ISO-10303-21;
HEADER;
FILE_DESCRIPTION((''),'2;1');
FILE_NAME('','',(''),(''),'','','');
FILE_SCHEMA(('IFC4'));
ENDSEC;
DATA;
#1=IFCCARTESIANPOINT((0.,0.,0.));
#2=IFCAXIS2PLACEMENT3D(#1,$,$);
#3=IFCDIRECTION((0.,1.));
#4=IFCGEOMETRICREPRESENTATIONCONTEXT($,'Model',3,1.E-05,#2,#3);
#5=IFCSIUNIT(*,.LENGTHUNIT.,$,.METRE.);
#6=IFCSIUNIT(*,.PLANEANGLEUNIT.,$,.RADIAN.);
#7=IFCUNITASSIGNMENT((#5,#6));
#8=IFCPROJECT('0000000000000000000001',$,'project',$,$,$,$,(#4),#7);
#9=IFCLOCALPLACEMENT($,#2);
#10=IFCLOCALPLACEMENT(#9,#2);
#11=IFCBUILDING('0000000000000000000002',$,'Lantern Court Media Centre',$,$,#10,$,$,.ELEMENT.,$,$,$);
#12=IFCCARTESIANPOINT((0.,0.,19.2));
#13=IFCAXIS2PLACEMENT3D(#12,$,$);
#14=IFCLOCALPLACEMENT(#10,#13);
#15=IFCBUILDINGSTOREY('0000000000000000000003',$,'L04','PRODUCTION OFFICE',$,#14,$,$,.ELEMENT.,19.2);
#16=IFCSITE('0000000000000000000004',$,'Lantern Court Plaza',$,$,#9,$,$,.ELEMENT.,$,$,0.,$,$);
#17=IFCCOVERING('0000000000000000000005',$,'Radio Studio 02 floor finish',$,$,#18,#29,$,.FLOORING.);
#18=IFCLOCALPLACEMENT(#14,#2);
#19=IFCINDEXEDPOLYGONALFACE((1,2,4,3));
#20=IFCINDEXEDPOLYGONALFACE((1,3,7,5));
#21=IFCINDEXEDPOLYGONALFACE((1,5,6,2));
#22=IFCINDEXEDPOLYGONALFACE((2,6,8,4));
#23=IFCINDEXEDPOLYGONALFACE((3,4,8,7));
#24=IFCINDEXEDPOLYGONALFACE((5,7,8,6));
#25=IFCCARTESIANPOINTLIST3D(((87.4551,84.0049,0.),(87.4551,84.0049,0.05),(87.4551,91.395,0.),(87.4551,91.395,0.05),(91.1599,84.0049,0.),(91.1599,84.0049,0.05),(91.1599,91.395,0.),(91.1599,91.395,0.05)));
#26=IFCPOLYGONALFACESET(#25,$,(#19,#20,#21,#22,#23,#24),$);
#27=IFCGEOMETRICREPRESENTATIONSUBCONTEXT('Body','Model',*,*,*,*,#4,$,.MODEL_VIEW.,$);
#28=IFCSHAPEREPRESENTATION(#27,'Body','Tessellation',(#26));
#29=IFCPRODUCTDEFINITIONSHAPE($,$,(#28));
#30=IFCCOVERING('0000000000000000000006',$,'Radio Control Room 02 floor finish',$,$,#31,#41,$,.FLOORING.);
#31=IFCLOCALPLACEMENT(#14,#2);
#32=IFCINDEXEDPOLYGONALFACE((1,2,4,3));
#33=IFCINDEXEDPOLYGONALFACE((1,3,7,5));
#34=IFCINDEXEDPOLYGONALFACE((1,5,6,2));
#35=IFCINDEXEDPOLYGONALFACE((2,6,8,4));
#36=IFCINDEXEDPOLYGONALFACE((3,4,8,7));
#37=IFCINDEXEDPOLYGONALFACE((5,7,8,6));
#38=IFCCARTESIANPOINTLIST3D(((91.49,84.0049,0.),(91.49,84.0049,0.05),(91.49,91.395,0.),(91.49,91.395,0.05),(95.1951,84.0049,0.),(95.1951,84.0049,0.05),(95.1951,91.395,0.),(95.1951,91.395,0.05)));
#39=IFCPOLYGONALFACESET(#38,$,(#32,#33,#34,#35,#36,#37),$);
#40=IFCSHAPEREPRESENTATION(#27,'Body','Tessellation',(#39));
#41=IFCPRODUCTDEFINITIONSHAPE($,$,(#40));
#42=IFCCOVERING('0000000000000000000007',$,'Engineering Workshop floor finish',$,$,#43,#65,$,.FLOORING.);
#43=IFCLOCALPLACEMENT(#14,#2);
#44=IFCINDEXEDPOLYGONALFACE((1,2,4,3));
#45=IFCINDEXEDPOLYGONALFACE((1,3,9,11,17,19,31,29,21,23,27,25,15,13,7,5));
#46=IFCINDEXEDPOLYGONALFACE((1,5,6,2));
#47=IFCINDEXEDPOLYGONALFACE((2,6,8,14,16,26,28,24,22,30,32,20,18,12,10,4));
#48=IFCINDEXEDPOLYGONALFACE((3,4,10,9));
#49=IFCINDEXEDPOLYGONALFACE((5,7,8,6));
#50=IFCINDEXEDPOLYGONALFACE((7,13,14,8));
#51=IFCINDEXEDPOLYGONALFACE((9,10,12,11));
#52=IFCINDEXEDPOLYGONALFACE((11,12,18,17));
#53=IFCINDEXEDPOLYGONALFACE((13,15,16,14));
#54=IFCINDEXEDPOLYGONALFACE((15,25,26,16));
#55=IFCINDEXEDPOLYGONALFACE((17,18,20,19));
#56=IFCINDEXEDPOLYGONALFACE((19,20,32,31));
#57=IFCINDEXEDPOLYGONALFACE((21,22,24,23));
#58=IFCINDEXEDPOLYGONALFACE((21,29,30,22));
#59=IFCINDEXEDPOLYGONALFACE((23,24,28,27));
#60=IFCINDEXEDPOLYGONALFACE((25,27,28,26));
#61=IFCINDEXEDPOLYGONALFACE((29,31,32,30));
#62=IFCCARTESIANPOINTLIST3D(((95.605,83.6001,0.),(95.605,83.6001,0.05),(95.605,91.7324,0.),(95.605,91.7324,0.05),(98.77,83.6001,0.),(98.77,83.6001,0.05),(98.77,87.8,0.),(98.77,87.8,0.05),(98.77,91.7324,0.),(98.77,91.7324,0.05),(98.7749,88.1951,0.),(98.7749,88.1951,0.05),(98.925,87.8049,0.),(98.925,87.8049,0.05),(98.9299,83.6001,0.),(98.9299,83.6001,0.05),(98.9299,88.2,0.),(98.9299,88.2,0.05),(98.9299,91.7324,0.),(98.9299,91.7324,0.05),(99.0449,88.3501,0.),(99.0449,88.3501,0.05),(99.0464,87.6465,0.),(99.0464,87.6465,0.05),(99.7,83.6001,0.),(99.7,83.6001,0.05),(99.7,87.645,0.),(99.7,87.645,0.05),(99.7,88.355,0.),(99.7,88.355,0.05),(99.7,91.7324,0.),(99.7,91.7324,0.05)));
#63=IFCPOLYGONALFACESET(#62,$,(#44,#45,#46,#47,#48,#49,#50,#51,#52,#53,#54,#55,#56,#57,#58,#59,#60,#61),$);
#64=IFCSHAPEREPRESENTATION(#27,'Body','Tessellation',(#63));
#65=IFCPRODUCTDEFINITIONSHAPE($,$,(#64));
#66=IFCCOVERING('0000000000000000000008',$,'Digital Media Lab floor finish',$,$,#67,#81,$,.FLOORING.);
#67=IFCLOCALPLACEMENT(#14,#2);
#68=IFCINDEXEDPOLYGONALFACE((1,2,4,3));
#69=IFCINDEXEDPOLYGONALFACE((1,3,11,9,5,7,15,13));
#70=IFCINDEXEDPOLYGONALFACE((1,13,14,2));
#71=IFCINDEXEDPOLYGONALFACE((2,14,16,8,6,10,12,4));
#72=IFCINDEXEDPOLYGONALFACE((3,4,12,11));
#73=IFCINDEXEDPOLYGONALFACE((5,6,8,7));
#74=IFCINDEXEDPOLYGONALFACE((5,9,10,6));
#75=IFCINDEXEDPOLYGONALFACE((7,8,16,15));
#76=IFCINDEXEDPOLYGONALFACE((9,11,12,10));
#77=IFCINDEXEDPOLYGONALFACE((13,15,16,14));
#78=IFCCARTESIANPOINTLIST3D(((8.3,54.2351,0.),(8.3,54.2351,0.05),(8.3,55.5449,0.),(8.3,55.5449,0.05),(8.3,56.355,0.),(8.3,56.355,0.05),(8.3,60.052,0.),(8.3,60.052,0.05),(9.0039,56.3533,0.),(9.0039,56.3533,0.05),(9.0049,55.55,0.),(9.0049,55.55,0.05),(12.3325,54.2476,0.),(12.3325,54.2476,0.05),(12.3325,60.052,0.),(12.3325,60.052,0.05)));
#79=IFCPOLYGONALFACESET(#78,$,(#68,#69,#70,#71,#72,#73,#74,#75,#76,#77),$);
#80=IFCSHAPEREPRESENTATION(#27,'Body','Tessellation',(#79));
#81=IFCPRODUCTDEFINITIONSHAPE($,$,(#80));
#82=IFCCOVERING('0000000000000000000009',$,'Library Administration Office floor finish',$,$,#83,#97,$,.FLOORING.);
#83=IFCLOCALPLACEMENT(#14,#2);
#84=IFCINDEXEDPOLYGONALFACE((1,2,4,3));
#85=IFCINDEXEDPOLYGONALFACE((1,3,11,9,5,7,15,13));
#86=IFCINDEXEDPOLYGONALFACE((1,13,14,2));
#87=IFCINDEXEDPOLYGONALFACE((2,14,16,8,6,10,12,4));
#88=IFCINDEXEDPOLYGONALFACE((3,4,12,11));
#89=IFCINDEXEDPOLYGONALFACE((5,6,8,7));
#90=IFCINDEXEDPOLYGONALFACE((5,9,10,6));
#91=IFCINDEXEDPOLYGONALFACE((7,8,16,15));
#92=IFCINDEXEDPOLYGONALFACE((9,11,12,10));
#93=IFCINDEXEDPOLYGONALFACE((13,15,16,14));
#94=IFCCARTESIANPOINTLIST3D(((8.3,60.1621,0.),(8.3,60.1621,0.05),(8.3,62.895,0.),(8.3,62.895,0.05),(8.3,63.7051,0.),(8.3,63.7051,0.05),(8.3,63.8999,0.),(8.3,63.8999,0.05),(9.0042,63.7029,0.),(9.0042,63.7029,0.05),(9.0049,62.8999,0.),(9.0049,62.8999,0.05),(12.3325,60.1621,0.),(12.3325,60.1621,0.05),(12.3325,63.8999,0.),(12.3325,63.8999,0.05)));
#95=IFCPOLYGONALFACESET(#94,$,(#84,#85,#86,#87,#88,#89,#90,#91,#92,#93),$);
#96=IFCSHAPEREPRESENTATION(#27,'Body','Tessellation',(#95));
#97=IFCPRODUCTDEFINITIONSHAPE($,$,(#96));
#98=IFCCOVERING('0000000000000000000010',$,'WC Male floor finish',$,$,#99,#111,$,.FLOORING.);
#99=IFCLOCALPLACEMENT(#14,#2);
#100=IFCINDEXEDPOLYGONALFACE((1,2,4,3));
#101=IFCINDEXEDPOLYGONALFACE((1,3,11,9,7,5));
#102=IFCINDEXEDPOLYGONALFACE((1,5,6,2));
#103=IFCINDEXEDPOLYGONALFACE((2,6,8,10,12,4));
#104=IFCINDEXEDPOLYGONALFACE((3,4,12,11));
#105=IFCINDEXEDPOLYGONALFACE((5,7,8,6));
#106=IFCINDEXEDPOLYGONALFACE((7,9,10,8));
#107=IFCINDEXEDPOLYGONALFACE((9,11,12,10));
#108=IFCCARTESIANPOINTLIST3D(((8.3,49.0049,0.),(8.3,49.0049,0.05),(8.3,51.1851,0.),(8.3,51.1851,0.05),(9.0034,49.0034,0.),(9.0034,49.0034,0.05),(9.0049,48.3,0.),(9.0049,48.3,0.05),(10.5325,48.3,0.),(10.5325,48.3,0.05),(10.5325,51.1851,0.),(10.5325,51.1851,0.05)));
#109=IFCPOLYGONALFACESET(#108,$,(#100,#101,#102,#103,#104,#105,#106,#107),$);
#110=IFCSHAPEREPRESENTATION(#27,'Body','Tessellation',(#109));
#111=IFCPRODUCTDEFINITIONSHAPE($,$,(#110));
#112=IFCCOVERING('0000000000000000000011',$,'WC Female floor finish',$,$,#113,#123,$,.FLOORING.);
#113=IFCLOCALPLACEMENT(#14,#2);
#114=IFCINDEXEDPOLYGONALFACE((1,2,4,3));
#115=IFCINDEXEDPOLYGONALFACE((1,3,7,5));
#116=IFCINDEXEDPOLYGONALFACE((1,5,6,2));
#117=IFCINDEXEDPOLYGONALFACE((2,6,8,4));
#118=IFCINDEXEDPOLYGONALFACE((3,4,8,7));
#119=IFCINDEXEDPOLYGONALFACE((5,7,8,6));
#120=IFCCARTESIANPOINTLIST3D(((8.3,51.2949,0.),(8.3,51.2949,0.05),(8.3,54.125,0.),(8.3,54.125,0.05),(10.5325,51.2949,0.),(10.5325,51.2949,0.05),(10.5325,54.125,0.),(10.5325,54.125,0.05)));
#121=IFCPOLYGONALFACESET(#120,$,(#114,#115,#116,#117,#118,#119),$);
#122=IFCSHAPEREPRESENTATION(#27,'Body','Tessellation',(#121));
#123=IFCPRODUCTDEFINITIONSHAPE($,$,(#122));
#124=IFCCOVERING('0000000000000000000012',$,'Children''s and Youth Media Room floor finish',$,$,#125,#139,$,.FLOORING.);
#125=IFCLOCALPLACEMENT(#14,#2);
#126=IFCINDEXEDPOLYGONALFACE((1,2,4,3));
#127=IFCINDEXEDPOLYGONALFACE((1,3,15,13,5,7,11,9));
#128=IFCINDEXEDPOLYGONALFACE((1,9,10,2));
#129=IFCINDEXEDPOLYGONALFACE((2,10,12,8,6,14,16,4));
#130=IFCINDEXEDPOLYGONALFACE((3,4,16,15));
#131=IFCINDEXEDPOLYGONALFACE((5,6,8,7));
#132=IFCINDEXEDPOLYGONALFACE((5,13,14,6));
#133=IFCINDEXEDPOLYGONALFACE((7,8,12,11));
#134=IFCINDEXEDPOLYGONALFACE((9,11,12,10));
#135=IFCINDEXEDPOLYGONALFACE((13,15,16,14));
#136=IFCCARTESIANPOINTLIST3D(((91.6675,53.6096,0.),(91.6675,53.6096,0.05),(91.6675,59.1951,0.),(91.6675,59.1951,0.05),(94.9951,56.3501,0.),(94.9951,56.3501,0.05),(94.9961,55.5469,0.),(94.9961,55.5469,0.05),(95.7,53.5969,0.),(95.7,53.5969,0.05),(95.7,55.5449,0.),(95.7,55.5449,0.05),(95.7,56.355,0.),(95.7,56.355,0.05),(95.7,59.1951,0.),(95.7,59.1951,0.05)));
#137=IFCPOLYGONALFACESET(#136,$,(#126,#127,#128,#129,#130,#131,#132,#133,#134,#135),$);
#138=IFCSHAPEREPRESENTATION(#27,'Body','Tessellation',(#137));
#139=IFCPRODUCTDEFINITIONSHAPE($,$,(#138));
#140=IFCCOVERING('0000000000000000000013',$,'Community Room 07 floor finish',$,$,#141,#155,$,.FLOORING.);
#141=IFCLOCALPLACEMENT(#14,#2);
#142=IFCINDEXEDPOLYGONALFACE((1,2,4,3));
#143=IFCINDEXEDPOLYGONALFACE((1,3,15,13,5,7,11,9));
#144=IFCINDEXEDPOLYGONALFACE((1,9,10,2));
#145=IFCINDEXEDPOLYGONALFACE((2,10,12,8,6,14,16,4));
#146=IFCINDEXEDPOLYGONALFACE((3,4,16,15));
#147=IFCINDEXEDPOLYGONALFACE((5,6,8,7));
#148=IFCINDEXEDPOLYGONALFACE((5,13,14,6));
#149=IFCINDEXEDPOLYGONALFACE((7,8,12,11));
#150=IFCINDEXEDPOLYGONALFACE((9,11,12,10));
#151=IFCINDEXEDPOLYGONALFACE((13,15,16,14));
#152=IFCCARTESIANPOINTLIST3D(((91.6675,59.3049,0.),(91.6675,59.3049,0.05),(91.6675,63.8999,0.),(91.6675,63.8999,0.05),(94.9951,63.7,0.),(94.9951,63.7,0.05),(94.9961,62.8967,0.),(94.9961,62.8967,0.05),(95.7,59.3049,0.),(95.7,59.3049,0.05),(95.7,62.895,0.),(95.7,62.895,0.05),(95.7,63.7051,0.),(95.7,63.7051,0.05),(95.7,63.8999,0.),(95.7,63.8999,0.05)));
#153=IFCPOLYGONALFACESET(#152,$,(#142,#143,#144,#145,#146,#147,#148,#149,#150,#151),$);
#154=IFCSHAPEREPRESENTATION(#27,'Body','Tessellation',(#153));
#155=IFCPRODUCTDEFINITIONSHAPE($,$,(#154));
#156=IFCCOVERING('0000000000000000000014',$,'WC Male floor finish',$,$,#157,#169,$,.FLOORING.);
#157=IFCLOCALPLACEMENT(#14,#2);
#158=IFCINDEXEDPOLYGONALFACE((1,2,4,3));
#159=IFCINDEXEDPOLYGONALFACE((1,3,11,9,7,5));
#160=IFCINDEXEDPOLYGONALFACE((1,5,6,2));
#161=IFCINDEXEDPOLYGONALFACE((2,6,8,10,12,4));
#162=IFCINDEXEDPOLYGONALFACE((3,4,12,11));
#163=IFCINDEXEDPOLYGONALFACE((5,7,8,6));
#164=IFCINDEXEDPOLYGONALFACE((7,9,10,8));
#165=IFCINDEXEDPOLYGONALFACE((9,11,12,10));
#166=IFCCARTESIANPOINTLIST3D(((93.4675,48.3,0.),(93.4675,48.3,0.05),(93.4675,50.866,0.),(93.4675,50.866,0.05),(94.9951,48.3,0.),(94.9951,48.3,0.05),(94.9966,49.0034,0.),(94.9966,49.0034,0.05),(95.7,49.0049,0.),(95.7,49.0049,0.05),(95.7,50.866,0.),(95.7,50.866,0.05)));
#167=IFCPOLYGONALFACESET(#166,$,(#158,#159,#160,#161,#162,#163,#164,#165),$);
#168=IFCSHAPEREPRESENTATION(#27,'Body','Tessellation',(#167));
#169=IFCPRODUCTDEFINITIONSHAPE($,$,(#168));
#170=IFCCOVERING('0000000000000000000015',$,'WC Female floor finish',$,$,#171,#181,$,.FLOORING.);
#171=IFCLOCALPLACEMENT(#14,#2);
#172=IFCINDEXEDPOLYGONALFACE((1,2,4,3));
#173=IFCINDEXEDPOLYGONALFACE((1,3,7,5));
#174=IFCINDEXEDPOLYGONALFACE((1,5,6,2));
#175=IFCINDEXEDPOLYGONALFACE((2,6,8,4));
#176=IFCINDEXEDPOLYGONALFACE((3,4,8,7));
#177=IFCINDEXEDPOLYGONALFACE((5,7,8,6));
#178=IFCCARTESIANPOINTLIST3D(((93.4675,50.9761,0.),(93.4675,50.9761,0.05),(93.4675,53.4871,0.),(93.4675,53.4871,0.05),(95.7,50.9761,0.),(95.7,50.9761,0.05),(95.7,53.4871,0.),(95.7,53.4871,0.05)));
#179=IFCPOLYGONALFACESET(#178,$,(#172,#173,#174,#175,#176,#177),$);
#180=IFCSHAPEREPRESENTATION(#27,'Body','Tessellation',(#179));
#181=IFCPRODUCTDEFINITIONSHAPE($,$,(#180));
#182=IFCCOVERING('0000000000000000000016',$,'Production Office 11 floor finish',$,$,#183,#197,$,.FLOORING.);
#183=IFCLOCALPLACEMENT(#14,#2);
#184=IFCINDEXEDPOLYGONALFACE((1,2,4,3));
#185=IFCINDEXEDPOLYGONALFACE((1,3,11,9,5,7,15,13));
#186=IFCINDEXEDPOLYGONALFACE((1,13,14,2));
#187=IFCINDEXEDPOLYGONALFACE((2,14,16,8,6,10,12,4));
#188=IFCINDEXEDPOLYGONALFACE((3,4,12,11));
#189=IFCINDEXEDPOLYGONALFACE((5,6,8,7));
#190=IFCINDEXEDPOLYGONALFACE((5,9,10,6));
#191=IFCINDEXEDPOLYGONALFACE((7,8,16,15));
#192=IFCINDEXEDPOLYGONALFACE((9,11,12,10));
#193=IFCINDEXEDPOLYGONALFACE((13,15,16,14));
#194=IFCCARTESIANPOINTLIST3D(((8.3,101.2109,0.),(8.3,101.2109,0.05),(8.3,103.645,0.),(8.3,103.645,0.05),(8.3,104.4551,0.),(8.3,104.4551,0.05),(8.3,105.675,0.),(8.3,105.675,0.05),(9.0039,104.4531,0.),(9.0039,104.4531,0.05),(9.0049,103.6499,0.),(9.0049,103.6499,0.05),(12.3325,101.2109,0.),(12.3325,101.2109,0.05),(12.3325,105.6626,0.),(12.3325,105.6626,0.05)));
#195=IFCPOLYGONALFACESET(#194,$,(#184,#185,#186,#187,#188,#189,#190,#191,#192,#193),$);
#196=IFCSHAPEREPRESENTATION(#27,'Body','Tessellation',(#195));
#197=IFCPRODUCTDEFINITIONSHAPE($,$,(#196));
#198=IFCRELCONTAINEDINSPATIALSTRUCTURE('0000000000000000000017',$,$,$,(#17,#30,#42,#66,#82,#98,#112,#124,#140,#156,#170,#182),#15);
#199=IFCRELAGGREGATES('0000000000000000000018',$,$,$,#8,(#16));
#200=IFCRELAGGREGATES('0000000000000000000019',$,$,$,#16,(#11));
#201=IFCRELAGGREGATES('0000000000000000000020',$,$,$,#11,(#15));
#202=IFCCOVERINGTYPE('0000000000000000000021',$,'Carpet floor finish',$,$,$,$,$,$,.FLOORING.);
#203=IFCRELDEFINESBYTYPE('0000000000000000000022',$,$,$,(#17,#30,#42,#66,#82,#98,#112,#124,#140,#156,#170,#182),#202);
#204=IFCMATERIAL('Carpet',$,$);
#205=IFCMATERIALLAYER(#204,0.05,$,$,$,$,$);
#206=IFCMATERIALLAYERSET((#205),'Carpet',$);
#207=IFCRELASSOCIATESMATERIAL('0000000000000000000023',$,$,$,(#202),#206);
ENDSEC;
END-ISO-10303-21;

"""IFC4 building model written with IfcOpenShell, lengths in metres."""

from ifc_helpers import new_model, si_unit, direction, frame, origin, place, context, subcontext, project, spatial, polyline, outline, extrude, material, layer, layer_set, type_object, element, save


model = new_model("IFC4")

# Units and contexts
model_context = context("Model", 3, precision=1e-05, world=origin(), true_north=direction((0.0, 1.0)))
body_context = subcontext(model_context, "Body", "Model", "MODEL_VIEW")
ifc_project = project(units=[si_unit("LENGTHUNIT", "METRE"), si_unit("PLANEANGLEUNIT", "RADIAN")], contexts=[model_context])

# Site, building, storey
site_placement = place(None, origin())
site = spatial("IfcSite", under=ifc_project, at=site_placement, Name="Lantern Court Plaza", CompositionType="ELEMENT", RefElevation=0.0)
building_placement = place(site_placement, origin())
building = spatial("IfcBuilding", under=site, at=building_placement, Name="Lantern Court Media Centre", CompositionType="ELEMENT")
storey_placement = place(building_placement, frame((0.0, 0.0, 19.2)))
storey = spatial("IfcBuildingStorey", under=building, at=storey_placement, Name="L04", Description="PRODUCTION OFFICE", CompositionType="ELEMENT", Elevation=19.2)

# Coverings
ifc_material_1 = material(Name="Carpet")
ifc_layer_1 = layer(ifc_material_1, 0.05)
ifc_layer_set_1 = layer_set([ifc_layer_1], Name="Carpet")
covering_type_1 = type_object("IfcCoveringType", Name="Carpet floor finish", PredefinedType="FLOORING", material=ifc_layer_set_1)
covering_1_placement = place(storey_placement, origin())
element("IfcCovering", 1, at=covering_1_placement, inside=storey, type_object=covering_type_1, Name="Radio Studio 02 floor finish", PredefinedType="FLOORING", context=body_context, shape_type="SweptSolid", body=[
    extrude(outline(polyline([(87.4551, 84.0049), (87.4551, 91.395), (91.1599, 91.395), (91.1599, 84.0049), (87.4551, 84.0049)])), origin(), (0.0, 0.0, 1.0), 0.05),
])
covering_2_placement = place(storey_placement, origin())
element("IfcCovering", 2, at=covering_2_placement, inside=storey, type_object=covering_type_1, Name="Radio Control Room 02 floor finish", PredefinedType="FLOORING", context=body_context, shape_type="SweptSolid", body=[
    extrude(outline(polyline([(91.49, 91.395), (95.1951, 91.395), (95.1951, 84.0049), (91.49, 84.0049), (91.49, 91.395)])), origin(), (0.0, 0.0, 1.0), 0.05),
])
covering_3_placement = place(storey_placement, origin())
element("IfcCovering", 3, at=covering_3_placement, inside=storey, type_object=covering_type_1, Name="Engineering Workshop floor finish", PredefinedType="FLOORING", context=body_context, shape_type="SweptSolid", body=[
    extrude(outline(polyline([(99.7, 83.6001), (98.9299, 83.6001), (98.925, 87.8049), (98.77, 87.8), (98.77, 83.6001), (95.605, 83.6001), (95.605, 91.7324), (98.77, 91.7324), (98.7749, 88.1951), (98.9299, 88.2), (98.9299, 91.7324), (99.7, 91.7324), (99.7, 88.355), (99.0449, 88.3501), (99.0464, 87.6465), (99.7, 87.645), (99.7, 83.6001)])), origin(), (0.0, 0.0, 1.0), 0.05),
])
covering_4_placement = place(storey_placement, origin())
element("IfcCovering", 4, at=covering_4_placement, inside=storey, type_object=covering_type_1, Name="Digital Media Lab floor finish", PredefinedType="FLOORING", context=body_context, shape_type="SweptSolid", body=[
    extrude(outline(polyline([(8.3, 60.052), (12.3325, 60.052), (12.3325, 54.2476), (8.3, 54.2351), (8.3, 55.5449), (9.0049, 55.55), (9.0039, 56.3533), (8.3, 56.355), (8.3, 60.052)])), origin(), (0.0, 0.0, 1.0), 0.05),
])
covering_5_placement = place(storey_placement, origin())
element("IfcCovering", 5, at=covering_5_placement, inside=storey, type_object=covering_type_1, Name="Library Administration Office floor finish", PredefinedType="FLOORING", context=body_context, shape_type="SweptSolid", body=[
    extrude(outline(polyline([(8.3, 63.8999), (12.3325, 63.8999), (12.3325, 60.1621), (8.3, 60.1621), (8.3, 62.895), (9.0049, 62.8999), (9.0042, 63.7029), (8.3, 63.7051), (8.3, 63.8999)])), origin(), (0.0, 0.0, 1.0), 0.05),
])
covering_6_placement = place(storey_placement, origin())
element("IfcCovering", 6, at=covering_6_placement, inside=storey, type_object=covering_type_1, Name="WC Male floor finish", PredefinedType="FLOORING", context=body_context, shape_type="SweptSolid", body=[
    extrude(outline(polyline([(8.3, 51.1851), (10.5325, 51.1851), (10.5325, 48.3), (9.0049, 48.3), (9.0034, 49.0034), (8.3, 49.0049), (8.3, 51.1851)])), origin(), (0.0, 0.0, 1.0), 0.05),
])
covering_7_placement = place(storey_placement, origin())
element("IfcCovering", 7, at=covering_7_placement, inside=storey, type_object=covering_type_1, Name="WC Female floor finish", PredefinedType="FLOORING", context=body_context, shape_type="SweptSolid", body=[
    extrude(outline(polyline([(8.3, 54.125), (10.5325, 54.125), (10.5325, 51.2949), (8.3, 51.2949), (8.3, 54.125)])), origin(), (0.0, 0.0, 1.0), 0.05),
])
covering_8_placement = place(storey_placement, origin())
element("IfcCovering", 8, at=covering_8_placement, inside=storey, type_object=covering_type_1, Name="Children's and Youth Media Room floor finish", PredefinedType="FLOORING", context=body_context, shape_type="SweptSolid", body=[
    extrude(outline(polyline([(95.7, 53.5969), (91.6675, 53.6096), (91.6675, 59.1951), (95.7, 59.1951), (95.7, 56.355), (94.9951, 56.3501), (94.9961, 55.5469), (95.7, 55.5449), (95.7, 53.5969)])), origin(), (0.0, 0.0, 1.0), 0.05),
])
covering_9_placement = place(storey_placement, origin())
element("IfcCovering", 9, at=covering_9_placement, inside=storey, type_object=covering_type_1, Name="Community Room 07 floor finish", PredefinedType="FLOORING", context=body_context, shape_type="SweptSolid", body=[
    extrude(outline(polyline([(95.7, 59.3049), (91.6675, 59.3049), (91.6675, 63.8999), (95.7, 63.8999), (95.7, 63.7051), (94.9951, 63.7), (94.9961, 62.8967), (95.7, 62.895), (95.7, 59.3049)])), origin(), (0.0, 0.0, 1.0), 0.05),
])
covering_10_placement = place(storey_placement, origin())
element("IfcCovering", 10, at=covering_10_placement, inside=storey, type_object=covering_type_1, Name="WC Male floor finish", PredefinedType="FLOORING", context=body_context, shape_type="SweptSolid", body=[
    extrude(outline(polyline([(95.7, 49.0049), (94.9966, 49.0034), (94.9951, 48.3), (93.4675, 48.3), (93.4675, 50.866), (95.7, 50.866), (95.7, 49.0049)])), origin(), (0.0, 0.0, 1.0), 0.05),
])
covering_11_placement = place(storey_placement, origin())
element("IfcCovering", 11, at=covering_11_placement, inside=storey, type_object=covering_type_1, Name="WC Female floor finish", PredefinedType="FLOORING", context=body_context, shape_type="SweptSolid", body=[
    extrude(outline(polyline([(95.7, 50.9761), (93.4675, 50.9761), (93.4675, 53.4871), (95.7, 53.4871), (95.7, 50.9761)])), origin(), (0.0, 0.0, 1.0), 0.05),
])
covering_12_placement = place(storey_placement, origin())
element("IfcCovering", 12, at=covering_12_placement, inside=storey, type_object=covering_type_1, Name="Production Office 11 floor finish", PredefinedType="FLOORING", context=body_context, shape_type="SweptSolid", body=[
    extrude(outline(polyline([(8.3, 105.675), (12.3325, 105.6626), (12.3325, 101.2109), (8.3, 101.2109), (8.3, 103.645), (9.0049, 103.6499), (9.0039, 104.4531), (8.3, 104.4551), (8.3, 105.675)])), origin(), (0.0, 0.0, 1.0), 0.05),
])

save(model, "model.ifc")
